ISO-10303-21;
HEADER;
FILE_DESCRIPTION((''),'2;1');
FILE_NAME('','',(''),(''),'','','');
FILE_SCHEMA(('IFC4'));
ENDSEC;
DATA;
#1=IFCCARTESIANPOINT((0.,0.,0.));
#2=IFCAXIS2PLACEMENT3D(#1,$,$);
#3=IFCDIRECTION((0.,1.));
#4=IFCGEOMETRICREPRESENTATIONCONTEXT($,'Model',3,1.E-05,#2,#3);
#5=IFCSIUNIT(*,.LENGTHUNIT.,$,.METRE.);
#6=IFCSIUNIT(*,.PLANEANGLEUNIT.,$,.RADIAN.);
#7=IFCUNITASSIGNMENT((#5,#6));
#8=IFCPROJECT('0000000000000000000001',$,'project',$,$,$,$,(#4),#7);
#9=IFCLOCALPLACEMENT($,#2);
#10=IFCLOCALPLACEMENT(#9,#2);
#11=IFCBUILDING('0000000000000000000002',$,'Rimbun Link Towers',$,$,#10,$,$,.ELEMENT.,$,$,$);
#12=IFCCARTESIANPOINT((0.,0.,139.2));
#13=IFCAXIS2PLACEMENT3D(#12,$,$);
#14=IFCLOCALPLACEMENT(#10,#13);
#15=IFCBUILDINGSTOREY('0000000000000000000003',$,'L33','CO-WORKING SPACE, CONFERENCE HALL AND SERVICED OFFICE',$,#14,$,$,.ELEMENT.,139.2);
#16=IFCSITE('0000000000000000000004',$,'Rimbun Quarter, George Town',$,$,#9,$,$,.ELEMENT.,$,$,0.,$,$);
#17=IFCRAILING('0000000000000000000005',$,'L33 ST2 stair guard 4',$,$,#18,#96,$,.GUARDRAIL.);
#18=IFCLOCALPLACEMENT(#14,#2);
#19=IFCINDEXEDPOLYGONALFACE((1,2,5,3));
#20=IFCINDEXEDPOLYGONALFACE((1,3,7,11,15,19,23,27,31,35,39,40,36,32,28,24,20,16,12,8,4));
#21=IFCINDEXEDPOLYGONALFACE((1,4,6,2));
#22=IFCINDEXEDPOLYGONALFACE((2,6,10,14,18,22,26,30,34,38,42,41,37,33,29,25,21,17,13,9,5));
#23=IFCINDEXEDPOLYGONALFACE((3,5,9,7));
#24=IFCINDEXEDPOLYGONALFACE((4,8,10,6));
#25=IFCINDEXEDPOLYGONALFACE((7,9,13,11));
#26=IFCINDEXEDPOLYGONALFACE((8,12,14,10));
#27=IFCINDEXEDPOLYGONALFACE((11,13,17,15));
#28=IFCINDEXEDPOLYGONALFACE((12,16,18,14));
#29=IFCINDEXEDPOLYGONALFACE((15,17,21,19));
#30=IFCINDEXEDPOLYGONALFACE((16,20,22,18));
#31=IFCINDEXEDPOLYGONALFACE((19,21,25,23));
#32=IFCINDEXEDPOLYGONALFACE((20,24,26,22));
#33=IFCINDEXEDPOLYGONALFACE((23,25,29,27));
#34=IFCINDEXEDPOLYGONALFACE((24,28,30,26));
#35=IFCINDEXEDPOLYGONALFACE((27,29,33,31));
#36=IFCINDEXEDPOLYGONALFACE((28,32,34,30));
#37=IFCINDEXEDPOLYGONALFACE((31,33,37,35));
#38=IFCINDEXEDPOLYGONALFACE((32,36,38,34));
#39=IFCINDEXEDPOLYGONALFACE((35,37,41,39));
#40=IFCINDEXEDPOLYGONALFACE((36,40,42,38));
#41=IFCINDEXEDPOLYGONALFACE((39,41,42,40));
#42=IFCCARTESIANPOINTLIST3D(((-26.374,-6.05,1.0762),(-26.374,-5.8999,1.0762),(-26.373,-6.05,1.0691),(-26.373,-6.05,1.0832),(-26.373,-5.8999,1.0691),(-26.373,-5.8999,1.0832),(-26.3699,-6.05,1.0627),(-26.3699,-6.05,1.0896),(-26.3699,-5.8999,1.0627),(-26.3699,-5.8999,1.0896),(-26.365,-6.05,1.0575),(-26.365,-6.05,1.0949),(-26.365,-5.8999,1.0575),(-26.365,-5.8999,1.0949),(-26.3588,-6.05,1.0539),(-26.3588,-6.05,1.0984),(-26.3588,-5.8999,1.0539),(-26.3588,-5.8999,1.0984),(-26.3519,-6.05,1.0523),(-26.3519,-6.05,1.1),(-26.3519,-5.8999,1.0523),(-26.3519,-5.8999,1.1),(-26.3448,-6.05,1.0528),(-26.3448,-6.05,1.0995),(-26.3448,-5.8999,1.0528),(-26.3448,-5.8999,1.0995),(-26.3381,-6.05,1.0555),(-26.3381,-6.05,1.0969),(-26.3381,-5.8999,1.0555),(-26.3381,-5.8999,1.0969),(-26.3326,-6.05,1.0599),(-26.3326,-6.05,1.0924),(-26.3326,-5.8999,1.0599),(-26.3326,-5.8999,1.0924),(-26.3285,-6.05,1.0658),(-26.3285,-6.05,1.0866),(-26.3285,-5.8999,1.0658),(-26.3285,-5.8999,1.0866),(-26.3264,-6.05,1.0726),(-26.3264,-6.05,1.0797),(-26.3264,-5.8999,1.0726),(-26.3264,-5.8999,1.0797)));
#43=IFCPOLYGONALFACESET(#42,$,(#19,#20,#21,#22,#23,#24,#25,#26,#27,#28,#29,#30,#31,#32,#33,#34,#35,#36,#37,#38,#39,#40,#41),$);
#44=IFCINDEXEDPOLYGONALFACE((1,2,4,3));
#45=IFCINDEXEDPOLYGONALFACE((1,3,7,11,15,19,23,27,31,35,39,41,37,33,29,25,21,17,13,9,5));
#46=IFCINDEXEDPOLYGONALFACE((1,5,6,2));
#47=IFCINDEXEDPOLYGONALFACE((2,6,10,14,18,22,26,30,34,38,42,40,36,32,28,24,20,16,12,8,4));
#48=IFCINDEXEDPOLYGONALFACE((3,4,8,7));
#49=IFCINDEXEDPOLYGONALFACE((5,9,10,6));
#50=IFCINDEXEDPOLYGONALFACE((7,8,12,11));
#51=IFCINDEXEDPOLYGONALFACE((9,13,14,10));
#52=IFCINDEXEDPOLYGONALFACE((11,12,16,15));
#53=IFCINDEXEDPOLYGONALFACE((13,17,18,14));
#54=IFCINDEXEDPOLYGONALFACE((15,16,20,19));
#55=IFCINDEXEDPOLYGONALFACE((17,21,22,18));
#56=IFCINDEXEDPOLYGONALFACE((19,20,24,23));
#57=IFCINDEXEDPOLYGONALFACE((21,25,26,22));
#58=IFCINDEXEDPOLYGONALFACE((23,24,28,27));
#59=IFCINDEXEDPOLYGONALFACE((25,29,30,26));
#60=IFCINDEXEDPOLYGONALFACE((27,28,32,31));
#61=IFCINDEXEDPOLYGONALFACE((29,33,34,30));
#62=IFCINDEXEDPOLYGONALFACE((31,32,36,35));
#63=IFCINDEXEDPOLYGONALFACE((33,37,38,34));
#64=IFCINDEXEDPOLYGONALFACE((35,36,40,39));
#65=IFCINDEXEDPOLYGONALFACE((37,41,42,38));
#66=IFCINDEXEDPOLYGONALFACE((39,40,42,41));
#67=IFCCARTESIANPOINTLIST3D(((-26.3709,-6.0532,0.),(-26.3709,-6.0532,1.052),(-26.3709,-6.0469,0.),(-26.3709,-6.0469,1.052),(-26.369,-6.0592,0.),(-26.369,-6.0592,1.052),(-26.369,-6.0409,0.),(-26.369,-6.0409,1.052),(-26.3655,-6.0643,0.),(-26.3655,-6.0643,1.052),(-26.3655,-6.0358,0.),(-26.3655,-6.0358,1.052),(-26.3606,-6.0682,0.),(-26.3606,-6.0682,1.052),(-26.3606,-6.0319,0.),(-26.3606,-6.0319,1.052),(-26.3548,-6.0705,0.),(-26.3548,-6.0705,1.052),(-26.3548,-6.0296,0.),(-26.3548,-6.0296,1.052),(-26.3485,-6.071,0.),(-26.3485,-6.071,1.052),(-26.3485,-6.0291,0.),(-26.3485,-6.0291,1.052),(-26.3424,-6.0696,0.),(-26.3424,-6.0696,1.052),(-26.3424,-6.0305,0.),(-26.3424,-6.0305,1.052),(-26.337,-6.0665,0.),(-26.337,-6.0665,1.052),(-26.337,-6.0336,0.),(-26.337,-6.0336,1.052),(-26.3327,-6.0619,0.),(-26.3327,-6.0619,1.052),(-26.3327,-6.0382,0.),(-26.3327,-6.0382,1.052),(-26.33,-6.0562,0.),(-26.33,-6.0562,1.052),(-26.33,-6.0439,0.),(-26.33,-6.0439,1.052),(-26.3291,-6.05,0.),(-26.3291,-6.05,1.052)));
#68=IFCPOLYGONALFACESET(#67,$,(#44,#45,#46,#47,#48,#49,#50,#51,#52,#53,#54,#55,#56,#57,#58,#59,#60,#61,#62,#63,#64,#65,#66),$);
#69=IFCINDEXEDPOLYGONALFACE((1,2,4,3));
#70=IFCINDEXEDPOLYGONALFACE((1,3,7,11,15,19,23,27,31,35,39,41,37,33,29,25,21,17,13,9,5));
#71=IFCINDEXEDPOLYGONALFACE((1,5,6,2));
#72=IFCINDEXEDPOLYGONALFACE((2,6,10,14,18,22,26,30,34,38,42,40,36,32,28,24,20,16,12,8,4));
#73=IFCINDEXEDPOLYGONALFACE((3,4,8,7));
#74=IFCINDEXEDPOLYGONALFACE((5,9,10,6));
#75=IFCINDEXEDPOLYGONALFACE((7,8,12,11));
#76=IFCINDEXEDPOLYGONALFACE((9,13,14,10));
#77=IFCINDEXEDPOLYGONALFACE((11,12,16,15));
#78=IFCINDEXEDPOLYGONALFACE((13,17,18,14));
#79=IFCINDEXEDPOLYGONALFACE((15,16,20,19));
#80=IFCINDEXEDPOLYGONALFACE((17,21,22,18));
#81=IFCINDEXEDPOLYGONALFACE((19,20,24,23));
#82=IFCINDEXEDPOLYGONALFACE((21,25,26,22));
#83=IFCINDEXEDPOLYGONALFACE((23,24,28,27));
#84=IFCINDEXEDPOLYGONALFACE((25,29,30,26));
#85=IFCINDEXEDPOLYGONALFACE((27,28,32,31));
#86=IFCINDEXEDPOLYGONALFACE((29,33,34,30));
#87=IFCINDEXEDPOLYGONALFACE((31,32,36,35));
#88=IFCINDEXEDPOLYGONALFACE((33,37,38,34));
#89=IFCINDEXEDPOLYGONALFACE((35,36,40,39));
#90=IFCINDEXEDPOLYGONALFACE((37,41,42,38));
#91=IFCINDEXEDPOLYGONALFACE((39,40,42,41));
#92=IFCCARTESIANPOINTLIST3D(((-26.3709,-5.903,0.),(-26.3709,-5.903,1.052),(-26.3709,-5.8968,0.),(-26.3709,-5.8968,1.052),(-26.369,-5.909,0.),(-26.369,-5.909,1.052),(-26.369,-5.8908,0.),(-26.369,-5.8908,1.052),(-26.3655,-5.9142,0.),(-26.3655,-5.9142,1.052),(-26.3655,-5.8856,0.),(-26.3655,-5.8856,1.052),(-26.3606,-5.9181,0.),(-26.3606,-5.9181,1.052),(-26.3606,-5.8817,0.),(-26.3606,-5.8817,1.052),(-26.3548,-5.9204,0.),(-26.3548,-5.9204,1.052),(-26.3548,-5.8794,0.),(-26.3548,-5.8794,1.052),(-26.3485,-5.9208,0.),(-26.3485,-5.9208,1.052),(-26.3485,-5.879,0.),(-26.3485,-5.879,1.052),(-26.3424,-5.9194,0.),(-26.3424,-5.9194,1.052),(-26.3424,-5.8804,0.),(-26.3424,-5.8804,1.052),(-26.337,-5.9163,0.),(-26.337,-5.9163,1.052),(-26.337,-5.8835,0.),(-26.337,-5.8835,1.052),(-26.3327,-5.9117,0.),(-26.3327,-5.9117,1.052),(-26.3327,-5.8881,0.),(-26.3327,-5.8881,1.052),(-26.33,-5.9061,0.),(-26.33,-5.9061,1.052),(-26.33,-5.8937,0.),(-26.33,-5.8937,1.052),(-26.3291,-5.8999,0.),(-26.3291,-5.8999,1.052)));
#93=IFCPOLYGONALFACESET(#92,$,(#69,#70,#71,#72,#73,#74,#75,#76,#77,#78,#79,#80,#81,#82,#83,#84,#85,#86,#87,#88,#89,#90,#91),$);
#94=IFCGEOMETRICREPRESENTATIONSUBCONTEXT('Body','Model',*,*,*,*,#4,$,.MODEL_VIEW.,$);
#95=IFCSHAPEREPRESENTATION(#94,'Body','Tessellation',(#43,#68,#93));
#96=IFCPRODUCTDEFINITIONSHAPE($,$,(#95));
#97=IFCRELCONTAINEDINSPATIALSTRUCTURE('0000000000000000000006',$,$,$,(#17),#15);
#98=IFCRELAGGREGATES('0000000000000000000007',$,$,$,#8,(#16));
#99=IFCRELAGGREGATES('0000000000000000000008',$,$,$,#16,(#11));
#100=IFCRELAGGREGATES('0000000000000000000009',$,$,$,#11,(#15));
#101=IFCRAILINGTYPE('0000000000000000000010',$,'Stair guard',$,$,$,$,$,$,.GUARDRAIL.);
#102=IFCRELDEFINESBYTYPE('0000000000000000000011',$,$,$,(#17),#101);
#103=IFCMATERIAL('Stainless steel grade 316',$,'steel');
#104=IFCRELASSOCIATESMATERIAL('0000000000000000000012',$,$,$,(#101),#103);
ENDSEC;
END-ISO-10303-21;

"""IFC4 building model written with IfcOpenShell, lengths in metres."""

from ifc_helpers import new_model, si_unit, direction, frame, origin, origin_2d, place, context, subcontext, project, spatial, circle, extrude, material, type_object, element, save


model = new_model("IFC4")

# Units and contexts
model_context = context("Model", 3, precision=1e-05, world=origin(), true_north=direction((0.0, 1.0)))
body_context = subcontext(model_context, "Body", "Model", "MODEL_VIEW")
ifc_project = project(units=[si_unit("LENGTHUNIT", "METRE"), si_unit("PLANEANGLEUNIT", "RADIAN")], contexts=[model_context])

# Site, building, storey
site_placement = place(None, origin())
site = spatial("IfcSite", under=ifc_project, at=site_placement, Name="Rimbun Quarter, George Town", CompositionType="ELEMENT", RefElevation=0.0)
building_placement = place(site_placement, origin())
building = spatial("IfcBuilding", under=site, at=building_placement, Name="Rimbun Link Towers", CompositionType="ELEMENT")
storey_placement = place(building_placement, frame((0.0, 0.0, 139.2)))
storey = spatial("IfcBuildingStorey", under=building, at=storey_placement, Name="L33", Description="CO-WORKING SPACE, CONFERENCE HALL AND SERVICED OFFICE", CompositionType="ELEMENT", Elevation=139.2)

# Railing
ifc_material_1 = material(Name="Stainless steel grade 316", Category="steel")
railing_type_1 = type_object("IfcRailingType", Name="Stair guard", PredefinedType="GUARDRAIL", material=ifc_material_1)
railing_1_placement = place(storey_placement, frame((-26.3501, -6.05, 0.0)))
element("IfcRailing", 1, at=railing_1_placement, inside=storey, type_object=railing_type_1, Name="L33 ST2 stair guard 4", PredefinedType="GUARDRAIL", context=body_context, shape_type="SweptSolid", body=[
    extrude(circle(Radius=0.0239, at=origin_2d()), frame((0.0, 0.0, 1.0762), z_axis=(0.0, 1.0, 0.0), x_axis=(-1.0, 0.0, 0.0)), (0.0, 0.0, 1.0), 0.1501),
    extrude(circle(Radius=0.021, at=origin_2d()), origin(), (0.0, 0.0, 1.0), 1.052),
    extrude(circle(Radius=0.021, at=origin_2d()), frame((0.0, 0.1501, 0.0)), (0.0, 0.0, 1.0), 1.052),
])

save(model, "model.ifc")
